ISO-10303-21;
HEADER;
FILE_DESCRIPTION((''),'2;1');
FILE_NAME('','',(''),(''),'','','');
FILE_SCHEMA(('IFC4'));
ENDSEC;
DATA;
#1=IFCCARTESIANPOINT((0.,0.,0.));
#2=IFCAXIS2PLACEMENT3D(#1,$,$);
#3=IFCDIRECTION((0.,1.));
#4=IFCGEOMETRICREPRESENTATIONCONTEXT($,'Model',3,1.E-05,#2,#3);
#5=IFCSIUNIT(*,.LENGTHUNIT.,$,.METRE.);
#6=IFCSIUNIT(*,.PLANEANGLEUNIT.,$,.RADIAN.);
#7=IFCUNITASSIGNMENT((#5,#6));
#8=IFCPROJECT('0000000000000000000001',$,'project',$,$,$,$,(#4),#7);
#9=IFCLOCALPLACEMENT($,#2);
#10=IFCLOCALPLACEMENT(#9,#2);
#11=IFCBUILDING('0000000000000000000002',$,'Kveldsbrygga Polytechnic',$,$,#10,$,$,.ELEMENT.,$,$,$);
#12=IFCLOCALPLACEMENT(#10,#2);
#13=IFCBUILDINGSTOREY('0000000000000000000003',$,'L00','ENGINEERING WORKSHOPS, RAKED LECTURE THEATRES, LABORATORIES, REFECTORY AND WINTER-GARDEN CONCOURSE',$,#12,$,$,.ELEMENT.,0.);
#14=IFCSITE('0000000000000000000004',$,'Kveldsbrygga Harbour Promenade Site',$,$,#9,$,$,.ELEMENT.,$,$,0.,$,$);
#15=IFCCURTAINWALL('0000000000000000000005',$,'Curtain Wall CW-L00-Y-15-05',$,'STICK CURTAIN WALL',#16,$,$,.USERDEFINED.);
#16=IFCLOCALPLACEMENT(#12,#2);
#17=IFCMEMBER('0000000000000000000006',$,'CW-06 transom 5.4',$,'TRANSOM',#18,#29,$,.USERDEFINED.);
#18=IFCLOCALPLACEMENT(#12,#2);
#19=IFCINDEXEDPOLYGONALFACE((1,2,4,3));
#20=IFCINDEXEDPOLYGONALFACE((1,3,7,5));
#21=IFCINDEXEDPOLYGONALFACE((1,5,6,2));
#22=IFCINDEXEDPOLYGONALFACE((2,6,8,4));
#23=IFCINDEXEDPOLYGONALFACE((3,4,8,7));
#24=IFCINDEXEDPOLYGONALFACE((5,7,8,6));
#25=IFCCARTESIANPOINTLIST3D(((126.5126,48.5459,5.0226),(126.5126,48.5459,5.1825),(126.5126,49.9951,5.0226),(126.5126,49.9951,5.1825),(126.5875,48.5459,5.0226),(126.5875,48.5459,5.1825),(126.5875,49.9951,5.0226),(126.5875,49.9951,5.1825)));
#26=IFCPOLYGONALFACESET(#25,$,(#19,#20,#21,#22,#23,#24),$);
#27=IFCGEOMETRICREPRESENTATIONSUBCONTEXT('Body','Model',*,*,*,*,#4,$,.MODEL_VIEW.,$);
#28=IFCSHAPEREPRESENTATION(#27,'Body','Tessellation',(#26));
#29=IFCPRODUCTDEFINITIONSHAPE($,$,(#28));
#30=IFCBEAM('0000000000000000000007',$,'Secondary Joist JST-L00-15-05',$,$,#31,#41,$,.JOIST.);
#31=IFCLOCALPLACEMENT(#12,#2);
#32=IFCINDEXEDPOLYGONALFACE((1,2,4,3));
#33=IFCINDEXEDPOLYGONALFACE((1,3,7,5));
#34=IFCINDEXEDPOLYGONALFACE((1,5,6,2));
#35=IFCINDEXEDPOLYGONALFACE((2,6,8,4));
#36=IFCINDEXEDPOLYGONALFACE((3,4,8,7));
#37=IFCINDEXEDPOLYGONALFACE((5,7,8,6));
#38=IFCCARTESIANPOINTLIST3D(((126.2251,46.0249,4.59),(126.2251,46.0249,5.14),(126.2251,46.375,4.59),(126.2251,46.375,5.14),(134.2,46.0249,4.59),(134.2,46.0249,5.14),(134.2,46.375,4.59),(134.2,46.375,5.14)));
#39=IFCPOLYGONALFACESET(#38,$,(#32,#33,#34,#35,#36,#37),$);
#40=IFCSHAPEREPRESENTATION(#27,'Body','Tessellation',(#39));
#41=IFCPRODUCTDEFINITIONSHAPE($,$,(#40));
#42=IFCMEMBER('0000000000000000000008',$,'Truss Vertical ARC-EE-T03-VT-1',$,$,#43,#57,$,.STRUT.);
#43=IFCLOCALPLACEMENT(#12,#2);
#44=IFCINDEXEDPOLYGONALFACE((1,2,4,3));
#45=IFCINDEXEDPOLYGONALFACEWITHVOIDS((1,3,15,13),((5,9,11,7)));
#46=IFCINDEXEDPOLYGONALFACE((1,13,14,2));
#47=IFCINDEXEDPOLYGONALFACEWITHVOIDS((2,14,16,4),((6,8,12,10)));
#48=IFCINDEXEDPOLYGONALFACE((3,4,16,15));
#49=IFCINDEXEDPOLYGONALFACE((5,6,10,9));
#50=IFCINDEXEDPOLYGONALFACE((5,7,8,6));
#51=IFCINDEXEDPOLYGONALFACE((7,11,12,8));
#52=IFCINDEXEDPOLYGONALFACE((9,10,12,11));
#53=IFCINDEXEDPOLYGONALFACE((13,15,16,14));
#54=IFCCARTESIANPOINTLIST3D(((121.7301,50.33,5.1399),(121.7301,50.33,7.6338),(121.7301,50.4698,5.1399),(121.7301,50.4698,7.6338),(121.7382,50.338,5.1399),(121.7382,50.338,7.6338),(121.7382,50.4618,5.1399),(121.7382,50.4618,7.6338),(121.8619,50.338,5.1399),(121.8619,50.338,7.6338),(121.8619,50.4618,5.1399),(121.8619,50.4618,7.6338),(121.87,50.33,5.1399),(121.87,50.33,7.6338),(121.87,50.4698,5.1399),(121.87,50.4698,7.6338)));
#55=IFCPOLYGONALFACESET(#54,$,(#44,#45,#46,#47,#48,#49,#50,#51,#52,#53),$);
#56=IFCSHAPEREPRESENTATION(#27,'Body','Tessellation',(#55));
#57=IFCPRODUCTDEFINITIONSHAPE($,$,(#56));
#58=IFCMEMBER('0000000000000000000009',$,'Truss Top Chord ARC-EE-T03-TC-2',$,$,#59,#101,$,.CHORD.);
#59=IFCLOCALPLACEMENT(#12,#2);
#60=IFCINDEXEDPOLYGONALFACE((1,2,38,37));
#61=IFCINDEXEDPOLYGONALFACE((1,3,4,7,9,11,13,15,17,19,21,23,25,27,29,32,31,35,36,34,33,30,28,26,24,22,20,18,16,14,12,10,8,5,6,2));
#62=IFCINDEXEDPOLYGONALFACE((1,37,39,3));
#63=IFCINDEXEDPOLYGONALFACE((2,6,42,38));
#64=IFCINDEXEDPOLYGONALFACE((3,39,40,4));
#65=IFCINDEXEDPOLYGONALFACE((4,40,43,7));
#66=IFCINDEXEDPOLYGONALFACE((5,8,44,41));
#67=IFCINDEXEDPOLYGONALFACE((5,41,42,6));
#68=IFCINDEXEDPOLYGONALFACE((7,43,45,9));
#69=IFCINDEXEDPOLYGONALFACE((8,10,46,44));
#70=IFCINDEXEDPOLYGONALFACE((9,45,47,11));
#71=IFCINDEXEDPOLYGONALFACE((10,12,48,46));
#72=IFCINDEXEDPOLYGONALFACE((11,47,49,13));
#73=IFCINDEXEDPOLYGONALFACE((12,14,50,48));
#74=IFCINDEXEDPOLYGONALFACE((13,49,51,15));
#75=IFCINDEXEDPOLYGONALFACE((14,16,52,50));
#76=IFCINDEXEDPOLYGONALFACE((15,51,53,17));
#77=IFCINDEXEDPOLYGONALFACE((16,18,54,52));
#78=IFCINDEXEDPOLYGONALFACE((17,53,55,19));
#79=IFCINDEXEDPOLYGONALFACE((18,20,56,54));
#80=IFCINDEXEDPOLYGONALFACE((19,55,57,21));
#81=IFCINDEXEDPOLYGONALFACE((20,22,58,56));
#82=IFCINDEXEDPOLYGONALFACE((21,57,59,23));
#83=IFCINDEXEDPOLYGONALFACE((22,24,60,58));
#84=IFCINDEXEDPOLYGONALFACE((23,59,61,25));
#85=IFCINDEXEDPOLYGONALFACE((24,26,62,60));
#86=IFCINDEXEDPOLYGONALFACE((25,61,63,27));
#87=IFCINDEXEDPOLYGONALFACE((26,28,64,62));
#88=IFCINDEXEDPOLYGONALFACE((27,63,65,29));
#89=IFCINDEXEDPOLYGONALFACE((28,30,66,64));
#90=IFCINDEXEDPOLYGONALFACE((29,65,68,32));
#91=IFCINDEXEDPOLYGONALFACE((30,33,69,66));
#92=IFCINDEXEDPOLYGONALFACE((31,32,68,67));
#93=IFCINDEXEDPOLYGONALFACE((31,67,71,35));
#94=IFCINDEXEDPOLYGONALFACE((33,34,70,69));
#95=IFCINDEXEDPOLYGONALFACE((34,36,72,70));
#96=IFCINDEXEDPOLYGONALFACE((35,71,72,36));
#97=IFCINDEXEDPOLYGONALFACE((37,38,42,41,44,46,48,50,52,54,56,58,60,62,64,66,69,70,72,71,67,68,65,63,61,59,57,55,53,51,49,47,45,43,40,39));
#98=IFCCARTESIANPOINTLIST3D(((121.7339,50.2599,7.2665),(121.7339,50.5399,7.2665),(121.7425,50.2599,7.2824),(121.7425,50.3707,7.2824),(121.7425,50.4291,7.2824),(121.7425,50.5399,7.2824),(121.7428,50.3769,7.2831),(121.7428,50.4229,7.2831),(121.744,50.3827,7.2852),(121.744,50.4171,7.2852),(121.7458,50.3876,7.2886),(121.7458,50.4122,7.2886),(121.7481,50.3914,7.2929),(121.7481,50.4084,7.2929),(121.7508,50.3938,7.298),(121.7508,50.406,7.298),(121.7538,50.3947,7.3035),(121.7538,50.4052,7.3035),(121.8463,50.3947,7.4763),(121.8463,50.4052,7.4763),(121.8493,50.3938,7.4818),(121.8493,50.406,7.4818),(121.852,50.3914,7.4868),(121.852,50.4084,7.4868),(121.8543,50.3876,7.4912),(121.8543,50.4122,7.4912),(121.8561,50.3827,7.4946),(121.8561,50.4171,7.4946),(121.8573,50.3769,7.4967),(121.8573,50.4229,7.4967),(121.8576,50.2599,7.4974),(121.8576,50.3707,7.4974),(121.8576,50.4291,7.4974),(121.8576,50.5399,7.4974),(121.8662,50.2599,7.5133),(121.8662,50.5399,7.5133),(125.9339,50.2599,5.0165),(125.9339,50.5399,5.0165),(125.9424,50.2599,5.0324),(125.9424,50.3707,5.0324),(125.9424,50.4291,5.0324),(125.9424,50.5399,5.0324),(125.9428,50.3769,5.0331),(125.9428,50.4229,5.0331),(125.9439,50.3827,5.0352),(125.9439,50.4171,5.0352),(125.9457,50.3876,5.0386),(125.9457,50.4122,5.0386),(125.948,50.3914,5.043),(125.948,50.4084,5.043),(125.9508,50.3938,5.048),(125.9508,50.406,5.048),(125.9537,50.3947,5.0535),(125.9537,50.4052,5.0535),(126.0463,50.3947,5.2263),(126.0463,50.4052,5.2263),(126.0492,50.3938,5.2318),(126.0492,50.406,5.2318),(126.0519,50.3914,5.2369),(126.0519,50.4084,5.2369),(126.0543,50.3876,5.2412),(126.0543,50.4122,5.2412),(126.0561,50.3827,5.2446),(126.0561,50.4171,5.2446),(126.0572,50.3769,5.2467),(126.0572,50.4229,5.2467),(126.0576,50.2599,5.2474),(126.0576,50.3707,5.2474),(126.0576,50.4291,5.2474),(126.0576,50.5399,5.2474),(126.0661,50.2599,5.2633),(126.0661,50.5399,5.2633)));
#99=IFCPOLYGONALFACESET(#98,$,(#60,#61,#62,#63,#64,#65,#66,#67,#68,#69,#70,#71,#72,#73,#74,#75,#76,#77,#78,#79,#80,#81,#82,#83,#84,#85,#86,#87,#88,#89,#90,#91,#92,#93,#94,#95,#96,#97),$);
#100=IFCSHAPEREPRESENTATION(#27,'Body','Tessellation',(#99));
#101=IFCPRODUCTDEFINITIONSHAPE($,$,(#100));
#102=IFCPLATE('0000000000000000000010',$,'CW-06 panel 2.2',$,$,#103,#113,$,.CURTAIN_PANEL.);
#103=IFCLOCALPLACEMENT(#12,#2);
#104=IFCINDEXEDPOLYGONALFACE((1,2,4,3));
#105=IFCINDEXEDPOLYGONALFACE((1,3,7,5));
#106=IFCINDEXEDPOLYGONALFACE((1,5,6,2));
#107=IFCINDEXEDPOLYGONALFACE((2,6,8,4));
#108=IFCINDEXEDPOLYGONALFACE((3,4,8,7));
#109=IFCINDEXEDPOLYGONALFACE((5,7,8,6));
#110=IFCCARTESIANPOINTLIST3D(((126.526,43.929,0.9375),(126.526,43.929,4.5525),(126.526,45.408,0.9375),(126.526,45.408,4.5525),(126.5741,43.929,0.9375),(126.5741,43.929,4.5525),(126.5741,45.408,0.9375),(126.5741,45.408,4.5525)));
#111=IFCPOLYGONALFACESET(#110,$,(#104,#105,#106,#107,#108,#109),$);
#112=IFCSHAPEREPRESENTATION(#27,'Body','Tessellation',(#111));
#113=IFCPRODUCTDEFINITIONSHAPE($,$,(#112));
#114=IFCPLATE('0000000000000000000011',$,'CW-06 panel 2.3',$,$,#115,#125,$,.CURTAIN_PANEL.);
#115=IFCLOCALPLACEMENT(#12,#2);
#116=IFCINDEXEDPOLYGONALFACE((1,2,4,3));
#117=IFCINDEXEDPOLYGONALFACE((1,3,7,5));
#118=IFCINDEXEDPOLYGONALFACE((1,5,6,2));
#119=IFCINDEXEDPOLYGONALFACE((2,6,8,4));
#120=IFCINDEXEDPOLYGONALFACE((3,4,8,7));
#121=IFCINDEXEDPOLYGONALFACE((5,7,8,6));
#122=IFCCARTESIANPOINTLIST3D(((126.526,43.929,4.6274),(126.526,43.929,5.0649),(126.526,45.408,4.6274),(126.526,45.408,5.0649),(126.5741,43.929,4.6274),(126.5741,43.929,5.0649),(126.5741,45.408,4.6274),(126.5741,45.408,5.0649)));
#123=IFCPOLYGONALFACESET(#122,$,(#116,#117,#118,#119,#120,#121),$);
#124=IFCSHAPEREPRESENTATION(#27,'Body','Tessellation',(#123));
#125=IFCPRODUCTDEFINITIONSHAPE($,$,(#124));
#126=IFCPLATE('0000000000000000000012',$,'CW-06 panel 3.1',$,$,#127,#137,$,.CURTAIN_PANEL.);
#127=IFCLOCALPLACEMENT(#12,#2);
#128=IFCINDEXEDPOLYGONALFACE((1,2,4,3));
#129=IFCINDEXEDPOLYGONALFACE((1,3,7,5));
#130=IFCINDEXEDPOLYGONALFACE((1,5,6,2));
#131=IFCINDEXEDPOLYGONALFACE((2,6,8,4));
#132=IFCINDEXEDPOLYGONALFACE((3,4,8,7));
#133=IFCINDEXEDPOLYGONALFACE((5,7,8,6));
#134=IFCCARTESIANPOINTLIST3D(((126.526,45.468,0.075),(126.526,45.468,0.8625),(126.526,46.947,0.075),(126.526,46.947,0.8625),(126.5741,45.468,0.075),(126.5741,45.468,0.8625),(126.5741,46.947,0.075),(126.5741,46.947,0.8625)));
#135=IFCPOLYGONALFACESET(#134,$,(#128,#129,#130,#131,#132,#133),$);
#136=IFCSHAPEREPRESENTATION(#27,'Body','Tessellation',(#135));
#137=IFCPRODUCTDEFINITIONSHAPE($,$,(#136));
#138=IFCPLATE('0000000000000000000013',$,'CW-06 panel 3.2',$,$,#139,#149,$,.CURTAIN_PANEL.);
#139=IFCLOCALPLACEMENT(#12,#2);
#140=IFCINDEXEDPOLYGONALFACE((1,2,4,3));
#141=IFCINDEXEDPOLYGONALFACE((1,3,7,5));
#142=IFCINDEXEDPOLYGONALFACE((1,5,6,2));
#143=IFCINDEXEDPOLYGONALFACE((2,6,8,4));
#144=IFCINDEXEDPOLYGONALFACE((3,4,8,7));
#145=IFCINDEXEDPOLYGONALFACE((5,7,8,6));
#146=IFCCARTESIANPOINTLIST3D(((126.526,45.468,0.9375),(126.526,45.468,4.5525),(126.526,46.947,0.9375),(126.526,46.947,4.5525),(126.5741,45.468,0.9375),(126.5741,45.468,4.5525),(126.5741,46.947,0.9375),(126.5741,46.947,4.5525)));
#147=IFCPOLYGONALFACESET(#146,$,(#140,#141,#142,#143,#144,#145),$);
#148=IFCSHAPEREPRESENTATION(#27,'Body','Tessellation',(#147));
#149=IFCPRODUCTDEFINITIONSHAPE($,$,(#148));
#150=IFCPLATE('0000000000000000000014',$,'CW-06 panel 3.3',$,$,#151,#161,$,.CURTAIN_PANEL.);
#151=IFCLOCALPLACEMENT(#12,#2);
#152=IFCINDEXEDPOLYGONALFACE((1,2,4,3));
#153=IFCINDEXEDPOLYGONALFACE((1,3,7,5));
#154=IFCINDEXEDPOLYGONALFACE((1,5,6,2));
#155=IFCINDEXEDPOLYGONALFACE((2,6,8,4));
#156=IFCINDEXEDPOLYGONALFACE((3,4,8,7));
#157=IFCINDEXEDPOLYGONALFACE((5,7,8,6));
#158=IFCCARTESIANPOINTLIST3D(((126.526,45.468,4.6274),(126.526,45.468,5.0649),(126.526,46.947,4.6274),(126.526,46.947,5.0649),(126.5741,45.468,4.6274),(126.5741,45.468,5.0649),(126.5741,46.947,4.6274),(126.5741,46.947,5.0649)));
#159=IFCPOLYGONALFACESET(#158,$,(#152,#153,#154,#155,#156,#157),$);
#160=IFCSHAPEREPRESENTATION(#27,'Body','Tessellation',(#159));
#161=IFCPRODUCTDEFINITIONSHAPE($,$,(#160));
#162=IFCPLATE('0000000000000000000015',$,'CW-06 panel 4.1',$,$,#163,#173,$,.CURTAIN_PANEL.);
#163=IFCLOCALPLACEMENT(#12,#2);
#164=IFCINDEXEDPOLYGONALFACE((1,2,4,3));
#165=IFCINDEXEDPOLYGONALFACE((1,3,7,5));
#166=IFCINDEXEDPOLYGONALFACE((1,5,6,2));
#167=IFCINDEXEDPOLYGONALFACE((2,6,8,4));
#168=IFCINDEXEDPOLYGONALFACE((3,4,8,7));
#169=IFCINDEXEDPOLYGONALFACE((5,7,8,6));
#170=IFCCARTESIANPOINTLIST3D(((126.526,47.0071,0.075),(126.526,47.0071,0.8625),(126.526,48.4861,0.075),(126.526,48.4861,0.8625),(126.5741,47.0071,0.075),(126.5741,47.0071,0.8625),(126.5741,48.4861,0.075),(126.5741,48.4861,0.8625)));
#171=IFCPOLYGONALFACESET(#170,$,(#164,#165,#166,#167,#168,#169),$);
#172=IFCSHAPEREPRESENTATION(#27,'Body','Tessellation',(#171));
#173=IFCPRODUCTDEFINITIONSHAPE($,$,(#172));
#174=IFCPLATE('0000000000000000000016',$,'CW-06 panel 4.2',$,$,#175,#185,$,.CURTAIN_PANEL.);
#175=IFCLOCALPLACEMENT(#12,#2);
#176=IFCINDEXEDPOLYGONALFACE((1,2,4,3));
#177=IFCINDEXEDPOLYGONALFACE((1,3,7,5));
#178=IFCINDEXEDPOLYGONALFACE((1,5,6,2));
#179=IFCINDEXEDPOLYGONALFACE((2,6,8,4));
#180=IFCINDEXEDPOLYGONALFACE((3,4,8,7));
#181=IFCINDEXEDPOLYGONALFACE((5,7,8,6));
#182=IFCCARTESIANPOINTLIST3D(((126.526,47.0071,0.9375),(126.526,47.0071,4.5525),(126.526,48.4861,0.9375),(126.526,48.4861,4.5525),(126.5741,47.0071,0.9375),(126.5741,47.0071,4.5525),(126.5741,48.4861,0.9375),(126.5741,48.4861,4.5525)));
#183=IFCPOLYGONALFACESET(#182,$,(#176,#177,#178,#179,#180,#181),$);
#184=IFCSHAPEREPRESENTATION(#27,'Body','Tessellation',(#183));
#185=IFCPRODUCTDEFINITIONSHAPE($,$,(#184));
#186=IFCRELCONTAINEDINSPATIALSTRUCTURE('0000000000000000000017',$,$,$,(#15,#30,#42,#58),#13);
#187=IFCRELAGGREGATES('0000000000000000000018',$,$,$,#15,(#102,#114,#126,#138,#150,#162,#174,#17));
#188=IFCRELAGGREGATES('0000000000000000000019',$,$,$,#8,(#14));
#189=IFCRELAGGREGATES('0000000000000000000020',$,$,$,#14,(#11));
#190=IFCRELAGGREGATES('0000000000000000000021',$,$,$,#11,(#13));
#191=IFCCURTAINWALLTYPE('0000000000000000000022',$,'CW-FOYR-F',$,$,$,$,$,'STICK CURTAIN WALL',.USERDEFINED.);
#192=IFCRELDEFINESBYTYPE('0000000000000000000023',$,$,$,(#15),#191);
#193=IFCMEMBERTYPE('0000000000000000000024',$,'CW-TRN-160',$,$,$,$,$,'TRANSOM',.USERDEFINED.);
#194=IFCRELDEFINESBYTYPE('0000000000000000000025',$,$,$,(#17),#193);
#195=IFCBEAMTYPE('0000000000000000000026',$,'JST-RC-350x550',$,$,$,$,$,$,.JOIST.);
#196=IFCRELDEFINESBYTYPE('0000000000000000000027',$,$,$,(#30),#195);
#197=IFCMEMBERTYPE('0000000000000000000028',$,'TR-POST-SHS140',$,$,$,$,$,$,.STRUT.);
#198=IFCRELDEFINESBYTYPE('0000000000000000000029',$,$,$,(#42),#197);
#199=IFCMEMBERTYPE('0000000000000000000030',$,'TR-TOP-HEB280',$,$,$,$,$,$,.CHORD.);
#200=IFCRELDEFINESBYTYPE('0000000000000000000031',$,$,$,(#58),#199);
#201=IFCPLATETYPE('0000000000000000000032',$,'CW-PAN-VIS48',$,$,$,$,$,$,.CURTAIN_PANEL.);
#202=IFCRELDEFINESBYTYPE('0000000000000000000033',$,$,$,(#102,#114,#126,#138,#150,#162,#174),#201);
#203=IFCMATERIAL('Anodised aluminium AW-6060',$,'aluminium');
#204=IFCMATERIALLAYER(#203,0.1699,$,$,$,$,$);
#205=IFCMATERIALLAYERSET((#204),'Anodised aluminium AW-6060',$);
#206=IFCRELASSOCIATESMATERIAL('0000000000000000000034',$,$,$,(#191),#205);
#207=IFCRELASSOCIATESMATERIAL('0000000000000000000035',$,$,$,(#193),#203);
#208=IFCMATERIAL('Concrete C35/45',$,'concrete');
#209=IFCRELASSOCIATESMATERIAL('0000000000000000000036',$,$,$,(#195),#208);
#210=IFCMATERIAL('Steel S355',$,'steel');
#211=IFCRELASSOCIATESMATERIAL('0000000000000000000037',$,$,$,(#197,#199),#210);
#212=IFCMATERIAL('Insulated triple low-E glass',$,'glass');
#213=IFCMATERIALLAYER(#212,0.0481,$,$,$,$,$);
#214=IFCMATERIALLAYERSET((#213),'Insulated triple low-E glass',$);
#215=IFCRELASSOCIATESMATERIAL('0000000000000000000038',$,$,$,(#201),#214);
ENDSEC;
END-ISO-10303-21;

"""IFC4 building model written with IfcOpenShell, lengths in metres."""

from ifc_helpers import new_model, si_unit, direction, frame, origin, origin_2d, place, context, subcontext, project, spatial, rectangle, hollow_rectangle, i_section, extrude, material, layer, layer_set, material_profile, profile_set, type_object, element, aggregate, save


model = new_model("IFC4")

# Units and contexts
model_context = context("Model", 3, precision=1e-05, world=origin(), true_north=direction((0.0, 1.0)))
body_context = subcontext(model_context, "Body", "Model", "MODEL_VIEW")
ifc_project = project(units=[si_unit("LENGTHUNIT", "METRE"), si_unit("PLANEANGLEUNIT", "RADIAN")], contexts=[model_context])

# Site, building, storey
site_placement = place(None, origin())
site = spatial("IfcSite", under=ifc_project, at=site_placement, Name="Kveldsbrygga Harbour Promenade Site", CompositionType="ELEMENT", RefElevation=0.0)
building_placement = place(site_placement, origin())
building = spatial("IfcBuilding", under=site, at=building_placement, Name="Kveldsbrygga Polytechnic", CompositionType="ELEMENT")
storey_placement = place(building_placement, origin())
storey = spatial("IfcBuildingStorey", under=building, at=storey_placement, Name="L00", Description="ENGINEERING WORKSHOPS, RAKED LECTURE THEATRES, LABORATORIES, REFECTORY AND WINTER-GARDEN CONCOURSE", CompositionType="ELEMENT", Elevation=0.0)

# Curtain wall, member
ifc_material_1 = material(Name="Anodised aluminium AW-6060", Category="aluminium")
ifc_layer_1 = layer(ifc_material_1, 0.1699)
ifc_layer_set_1 = layer_set([ifc_layer_1], Name="Anodised aluminium AW-6060")
curtain_wall_type = type_object("IfcCurtainWallType", Name="CW-FOYR-F", ElementType="STICK CURTAIN WALL", PredefinedType="USERDEFINED", material=ifc_layer_set_1)
curtain_wall_placement = place(storey_placement, origin())
curtain_wall = element("IfcCurtainWall", 1, at=curtain_wall_placement, inside=storey, type_object=curtain_wall_type, Name="Curtain Wall CW-L00-Y-15-05", ObjectType="STICK CURTAIN WALL", PredefinedType="USERDEFINED")
ifc_material_profile_1 = material_profile(ifc_material_1, rectangle(XDim=0.075, YDim=0.1599, at=origin_2d()), Name="ALU 75x160")
ifc_profile_set_1 = profile_set([ifc_material_profile_1], Name="Anodised aluminium AW-6060")
member_type_1 = type_object("IfcMemberType", Name="CW-TRN-160", ElementType="TRANSOM", PredefinedType="USERDEFINED", material=ifc_profile_set_1)
member_1_placement = place(storey_placement, frame((126.55, 48.5459, 5.1025), z_axis=(0.0, 1.0, 0.0), x_axis=(-1.0, 0.0, 0.0)))
member_1 = element("IfcMember", 2, at=member_1_placement, type_object=member_type_1, Name="CW-06 transom 5.4", ObjectType="TRANSOM", PredefinedType="USERDEFINED", context=body_context, shape_type="SweptSolid", body=[
    extrude(rectangle(XDim=0.075, YDim=0.1599, at=origin_2d()), origin(), (0.0, 0.0, 1.0), 1.4492),
])

# Beam
ifc_material_2 = material(Name="Concrete C35/45", Category="concrete")
ifc_material_profile_2 = material_profile(ifc_material_2, rectangle(XDim=0.3501, YDim=0.55, at=origin_2d()), Name="RC 350x550")
ifc_profile_set_2 = profile_set([ifc_material_profile_2], Name="Concrete C35/45")
beam_type = type_object("IfcBeamType", Name="JST-RC-350x550", PredefinedType="JOIST", material=ifc_profile_set_2)
beam_placement = place(storey_placement, frame((126.2251, 46.2, 4.865), z_axis=(1.0, 0.0, 0.0), x_axis=(0.0, 1.0, 0.0)))
element("IfcBeam", 3, at=beam_placement, inside=storey, type_object=beam_type, Name="Secondary Joist JST-L00-15-05", PredefinedType="JOIST", context=body_context, shape_type="SweptSolid", body=[
    extrude(rectangle(XDim=0.3501, YDim=0.55, at=origin_2d()), origin(), (0.0, 0.0, 1.0), 7.9749),
])

# Members
ifc_material_3 = material(Name="Steel S355", Category="steel")
ifc_material_profile_3 = material_profile(ifc_material_3, hollow_rectangle(XDim=0.1399, YDim=0.1399, WallThickness=0.0081, at=origin_2d()), Name="SHS 140x140x8.0")
ifc_profile_set_3 = profile_set([ifc_material_profile_3], Name="Steel S355")
member_type_2 = type_object("IfcMemberType", Name="TR-POST-SHS140", PredefinedType="STRUT", material=ifc_profile_set_3)
member_2_placement = place(storey_placement, frame((121.8, 50.3999, 5.1399), z_axis=(0.0, 0.0, 1.0), x_axis=(1.0, 0.0, 0.0)))
element("IfcMember", 4, at=member_2_placement, inside=storey, type_object=member_type_2, Name="Truss Vertical ARC-EE-T03-VT-1", PredefinedType="STRUT", context=body_context, shape_type="SweptSolid", body=[
    extrude(hollow_rectangle(XDim=0.1399, YDim=0.1399, WallThickness=0.0081, at=origin_2d()), origin(), (0.0, 0.0, 1.0), 2.4939),
])
ifc_material_profile_4 = material_profile(ifc_material_3, i_section(OverallWidth=0.28, OverallDepth=0.28, WebThickness=0.0105, FlangeThickness=0.0181, FilletRadius=0.0239, at=origin_2d()), Name="HEB 280")
ifc_profile_set_4 = profile_set([ifc_material_profile_4], Name="Steel S355")
member_type_3 = type_object("IfcMemberType", Name="TR-TOP-HEB280", PredefinedType="CHORD", material=ifc_profile_set_4)
member_3_placement = place(storey_placement, frame((121.8, 50.3999, 7.3899), z_axis=(0.881478, 0.0, -0.472226), x_axis=(0.0, 1.0, 0.0)))
element("IfcMember", 5, at=member_3_placement, inside=storey, type_object=member_type_3, Name="Truss Top Chord ARC-EE-T03-TC-2", PredefinedType="CHORD", context=body_context, shape_type="SweptSolid", body=[
    extrude(i_section(OverallWidth=0.28, OverallDepth=0.28, WebThickness=0.0105, FlangeThickness=0.0181, FilletRadius=0.0239, at=origin_2d()), origin(), (0.0, 0.0, 1.0), 4.7646),
])

# Plates
ifc_material_4 = material(Name="Insulated triple low-E glass", Category="glass")
ifc_layer_2 = layer(ifc_material_4, 0.0481)
ifc_layer_set_2 = layer_set([ifc_layer_2], Name="Insulated triple low-E glass")
plate_type_1 = type_object("IfcPlateType", Name="CW-PAN-VIS48", PredefinedType="CURTAIN_PANEL", material=ifc_layer_set_2)
plate_1_placement = place(storey_placement, frame((126.55, 44.6685, 0.9375), z_axis=(0.0, 0.0, 1.0), x_axis=(0.0, 1.0, 0.0)))
plate_1 = element("IfcPlate", 6, at=plate_1_placement, type_object=plate_type_1, Name="CW-06 panel 2.2", PredefinedType="CURTAIN_PANEL", context=body_context, shape_type="SweptSolid", body=[
    extrude(rectangle(XDim=1.479, YDim=0.0481, at=origin_2d()), origin(), (0.0, 0.0, 1.0), 3.615),
])
plate_2_placement = place(storey_placement, frame((126.55, 44.6685, 4.6274), z_axis=(0.0, 0.0, 1.0), x_axis=(0.0, 1.0, 0.0)))
plate_2 = element("IfcPlate", 7, at=plate_2_placement, type_object=plate_type_1, Name="CW-06 panel 2.3", PredefinedType="CURTAIN_PANEL", context=body_context, shape_type="SweptSolid", body=[
    extrude(rectangle(XDim=1.479, YDim=0.0481, at=origin_2d()), origin(), (0.0, 0.0, 1.0), 0.4375),
])
plate_3_placement = place(storey_placement, frame((126.55, 46.2075, 0.075), z_axis=(0.0, 0.0, 1.0), x_axis=(0.0, 1.0, 0.0)))
plate_3 = element("IfcPlate", 8, at=plate_3_placement, type_object=plate_type_1, Name="CW-06 panel 3.1", PredefinedType="CURTAIN_PANEL", context=body_context, shape_type="SweptSolid", body=[
    extrude(rectangle(XDim=1.479, YDim=0.0481, at=origin_2d()), origin(), (0.0, 0.0, 1.0), 0.7876),
])
plate_4_placement = place(storey_placement, frame((126.55, 46.2075, 0.9375), z_axis=(0.0, 0.0, 1.0), x_axis=(0.0, 1.0, 0.0)))
plate_4 = element("IfcPlate", 9, at=plate_4_placement, type_object=plate_type_1, Name="CW-06 panel 3.2", PredefinedType="CURTAIN_PANEL", context=body_context, shape_type="SweptSolid", body=[
    extrude(rectangle(XDim=1.479, YDim=0.0481, at=origin_2d()), origin(), (0.0, 0.0, 1.0), 3.615),
])
plate_5_placement = place(storey_placement, frame((126.55, 46.2075, 4.6274), z_axis=(0.0, 0.0, 1.0), x_axis=(0.0, 1.0, 0.0)))
plate_5 = element("IfcPlate", 10, at=plate_5_placement, type_object=plate_type_1, Name="CW-06 panel 3.3", PredefinedType="CURTAIN_PANEL", context=body_context, shape_type="SweptSolid", body=[
    extrude(rectangle(XDim=1.479, YDim=0.0481, at=origin_2d()), origin(), (0.0, 0.0, 1.0), 0.4375),
])
plate_6_placement = place(storey_placement, frame((126.55, 47.7466, 0.075), z_axis=(0.0, 0.0, 1.0), x_axis=(0.0, 1.0, 0.0)))
plate_6 = element("IfcPlate", 11, at=plate_6_placement, type_object=plate_type_1, Name="CW-06 panel 4.1", PredefinedType="CURTAIN_PANEL", context=body_context, shape_type="SweptSolid", body=[
    extrude(rectangle(XDim=1.479, YDim=0.0481, at=origin_2d()), origin(), (0.0, 0.0, 1.0), 0.7876),
])
plate_7_placement = place(storey_placement, frame((126.55, 47.7466, 0.9375), z_axis=(0.0, 0.0, 1.0), x_axis=(0.0, 1.0, 0.0)))
plate_7 = element("IfcPlate", 12, at=plate_7_placement, type_object=plate_type_1, Name="CW-06 panel 4.2", PredefinedType="CURTAIN_PANEL", context=body_context, shape_type="SweptSolid", body=[
    extrude(rectangle(XDim=1.479, YDim=0.0481, at=origin_2d()), origin(), (0.0, 0.0, 1.0), 3.615),
])
aggregate(curtain_wall, [plate_1, plate_2, plate_3, plate_4, plate_5, plate_6, plate_7, member_1])

save(model, "model.ifc")
